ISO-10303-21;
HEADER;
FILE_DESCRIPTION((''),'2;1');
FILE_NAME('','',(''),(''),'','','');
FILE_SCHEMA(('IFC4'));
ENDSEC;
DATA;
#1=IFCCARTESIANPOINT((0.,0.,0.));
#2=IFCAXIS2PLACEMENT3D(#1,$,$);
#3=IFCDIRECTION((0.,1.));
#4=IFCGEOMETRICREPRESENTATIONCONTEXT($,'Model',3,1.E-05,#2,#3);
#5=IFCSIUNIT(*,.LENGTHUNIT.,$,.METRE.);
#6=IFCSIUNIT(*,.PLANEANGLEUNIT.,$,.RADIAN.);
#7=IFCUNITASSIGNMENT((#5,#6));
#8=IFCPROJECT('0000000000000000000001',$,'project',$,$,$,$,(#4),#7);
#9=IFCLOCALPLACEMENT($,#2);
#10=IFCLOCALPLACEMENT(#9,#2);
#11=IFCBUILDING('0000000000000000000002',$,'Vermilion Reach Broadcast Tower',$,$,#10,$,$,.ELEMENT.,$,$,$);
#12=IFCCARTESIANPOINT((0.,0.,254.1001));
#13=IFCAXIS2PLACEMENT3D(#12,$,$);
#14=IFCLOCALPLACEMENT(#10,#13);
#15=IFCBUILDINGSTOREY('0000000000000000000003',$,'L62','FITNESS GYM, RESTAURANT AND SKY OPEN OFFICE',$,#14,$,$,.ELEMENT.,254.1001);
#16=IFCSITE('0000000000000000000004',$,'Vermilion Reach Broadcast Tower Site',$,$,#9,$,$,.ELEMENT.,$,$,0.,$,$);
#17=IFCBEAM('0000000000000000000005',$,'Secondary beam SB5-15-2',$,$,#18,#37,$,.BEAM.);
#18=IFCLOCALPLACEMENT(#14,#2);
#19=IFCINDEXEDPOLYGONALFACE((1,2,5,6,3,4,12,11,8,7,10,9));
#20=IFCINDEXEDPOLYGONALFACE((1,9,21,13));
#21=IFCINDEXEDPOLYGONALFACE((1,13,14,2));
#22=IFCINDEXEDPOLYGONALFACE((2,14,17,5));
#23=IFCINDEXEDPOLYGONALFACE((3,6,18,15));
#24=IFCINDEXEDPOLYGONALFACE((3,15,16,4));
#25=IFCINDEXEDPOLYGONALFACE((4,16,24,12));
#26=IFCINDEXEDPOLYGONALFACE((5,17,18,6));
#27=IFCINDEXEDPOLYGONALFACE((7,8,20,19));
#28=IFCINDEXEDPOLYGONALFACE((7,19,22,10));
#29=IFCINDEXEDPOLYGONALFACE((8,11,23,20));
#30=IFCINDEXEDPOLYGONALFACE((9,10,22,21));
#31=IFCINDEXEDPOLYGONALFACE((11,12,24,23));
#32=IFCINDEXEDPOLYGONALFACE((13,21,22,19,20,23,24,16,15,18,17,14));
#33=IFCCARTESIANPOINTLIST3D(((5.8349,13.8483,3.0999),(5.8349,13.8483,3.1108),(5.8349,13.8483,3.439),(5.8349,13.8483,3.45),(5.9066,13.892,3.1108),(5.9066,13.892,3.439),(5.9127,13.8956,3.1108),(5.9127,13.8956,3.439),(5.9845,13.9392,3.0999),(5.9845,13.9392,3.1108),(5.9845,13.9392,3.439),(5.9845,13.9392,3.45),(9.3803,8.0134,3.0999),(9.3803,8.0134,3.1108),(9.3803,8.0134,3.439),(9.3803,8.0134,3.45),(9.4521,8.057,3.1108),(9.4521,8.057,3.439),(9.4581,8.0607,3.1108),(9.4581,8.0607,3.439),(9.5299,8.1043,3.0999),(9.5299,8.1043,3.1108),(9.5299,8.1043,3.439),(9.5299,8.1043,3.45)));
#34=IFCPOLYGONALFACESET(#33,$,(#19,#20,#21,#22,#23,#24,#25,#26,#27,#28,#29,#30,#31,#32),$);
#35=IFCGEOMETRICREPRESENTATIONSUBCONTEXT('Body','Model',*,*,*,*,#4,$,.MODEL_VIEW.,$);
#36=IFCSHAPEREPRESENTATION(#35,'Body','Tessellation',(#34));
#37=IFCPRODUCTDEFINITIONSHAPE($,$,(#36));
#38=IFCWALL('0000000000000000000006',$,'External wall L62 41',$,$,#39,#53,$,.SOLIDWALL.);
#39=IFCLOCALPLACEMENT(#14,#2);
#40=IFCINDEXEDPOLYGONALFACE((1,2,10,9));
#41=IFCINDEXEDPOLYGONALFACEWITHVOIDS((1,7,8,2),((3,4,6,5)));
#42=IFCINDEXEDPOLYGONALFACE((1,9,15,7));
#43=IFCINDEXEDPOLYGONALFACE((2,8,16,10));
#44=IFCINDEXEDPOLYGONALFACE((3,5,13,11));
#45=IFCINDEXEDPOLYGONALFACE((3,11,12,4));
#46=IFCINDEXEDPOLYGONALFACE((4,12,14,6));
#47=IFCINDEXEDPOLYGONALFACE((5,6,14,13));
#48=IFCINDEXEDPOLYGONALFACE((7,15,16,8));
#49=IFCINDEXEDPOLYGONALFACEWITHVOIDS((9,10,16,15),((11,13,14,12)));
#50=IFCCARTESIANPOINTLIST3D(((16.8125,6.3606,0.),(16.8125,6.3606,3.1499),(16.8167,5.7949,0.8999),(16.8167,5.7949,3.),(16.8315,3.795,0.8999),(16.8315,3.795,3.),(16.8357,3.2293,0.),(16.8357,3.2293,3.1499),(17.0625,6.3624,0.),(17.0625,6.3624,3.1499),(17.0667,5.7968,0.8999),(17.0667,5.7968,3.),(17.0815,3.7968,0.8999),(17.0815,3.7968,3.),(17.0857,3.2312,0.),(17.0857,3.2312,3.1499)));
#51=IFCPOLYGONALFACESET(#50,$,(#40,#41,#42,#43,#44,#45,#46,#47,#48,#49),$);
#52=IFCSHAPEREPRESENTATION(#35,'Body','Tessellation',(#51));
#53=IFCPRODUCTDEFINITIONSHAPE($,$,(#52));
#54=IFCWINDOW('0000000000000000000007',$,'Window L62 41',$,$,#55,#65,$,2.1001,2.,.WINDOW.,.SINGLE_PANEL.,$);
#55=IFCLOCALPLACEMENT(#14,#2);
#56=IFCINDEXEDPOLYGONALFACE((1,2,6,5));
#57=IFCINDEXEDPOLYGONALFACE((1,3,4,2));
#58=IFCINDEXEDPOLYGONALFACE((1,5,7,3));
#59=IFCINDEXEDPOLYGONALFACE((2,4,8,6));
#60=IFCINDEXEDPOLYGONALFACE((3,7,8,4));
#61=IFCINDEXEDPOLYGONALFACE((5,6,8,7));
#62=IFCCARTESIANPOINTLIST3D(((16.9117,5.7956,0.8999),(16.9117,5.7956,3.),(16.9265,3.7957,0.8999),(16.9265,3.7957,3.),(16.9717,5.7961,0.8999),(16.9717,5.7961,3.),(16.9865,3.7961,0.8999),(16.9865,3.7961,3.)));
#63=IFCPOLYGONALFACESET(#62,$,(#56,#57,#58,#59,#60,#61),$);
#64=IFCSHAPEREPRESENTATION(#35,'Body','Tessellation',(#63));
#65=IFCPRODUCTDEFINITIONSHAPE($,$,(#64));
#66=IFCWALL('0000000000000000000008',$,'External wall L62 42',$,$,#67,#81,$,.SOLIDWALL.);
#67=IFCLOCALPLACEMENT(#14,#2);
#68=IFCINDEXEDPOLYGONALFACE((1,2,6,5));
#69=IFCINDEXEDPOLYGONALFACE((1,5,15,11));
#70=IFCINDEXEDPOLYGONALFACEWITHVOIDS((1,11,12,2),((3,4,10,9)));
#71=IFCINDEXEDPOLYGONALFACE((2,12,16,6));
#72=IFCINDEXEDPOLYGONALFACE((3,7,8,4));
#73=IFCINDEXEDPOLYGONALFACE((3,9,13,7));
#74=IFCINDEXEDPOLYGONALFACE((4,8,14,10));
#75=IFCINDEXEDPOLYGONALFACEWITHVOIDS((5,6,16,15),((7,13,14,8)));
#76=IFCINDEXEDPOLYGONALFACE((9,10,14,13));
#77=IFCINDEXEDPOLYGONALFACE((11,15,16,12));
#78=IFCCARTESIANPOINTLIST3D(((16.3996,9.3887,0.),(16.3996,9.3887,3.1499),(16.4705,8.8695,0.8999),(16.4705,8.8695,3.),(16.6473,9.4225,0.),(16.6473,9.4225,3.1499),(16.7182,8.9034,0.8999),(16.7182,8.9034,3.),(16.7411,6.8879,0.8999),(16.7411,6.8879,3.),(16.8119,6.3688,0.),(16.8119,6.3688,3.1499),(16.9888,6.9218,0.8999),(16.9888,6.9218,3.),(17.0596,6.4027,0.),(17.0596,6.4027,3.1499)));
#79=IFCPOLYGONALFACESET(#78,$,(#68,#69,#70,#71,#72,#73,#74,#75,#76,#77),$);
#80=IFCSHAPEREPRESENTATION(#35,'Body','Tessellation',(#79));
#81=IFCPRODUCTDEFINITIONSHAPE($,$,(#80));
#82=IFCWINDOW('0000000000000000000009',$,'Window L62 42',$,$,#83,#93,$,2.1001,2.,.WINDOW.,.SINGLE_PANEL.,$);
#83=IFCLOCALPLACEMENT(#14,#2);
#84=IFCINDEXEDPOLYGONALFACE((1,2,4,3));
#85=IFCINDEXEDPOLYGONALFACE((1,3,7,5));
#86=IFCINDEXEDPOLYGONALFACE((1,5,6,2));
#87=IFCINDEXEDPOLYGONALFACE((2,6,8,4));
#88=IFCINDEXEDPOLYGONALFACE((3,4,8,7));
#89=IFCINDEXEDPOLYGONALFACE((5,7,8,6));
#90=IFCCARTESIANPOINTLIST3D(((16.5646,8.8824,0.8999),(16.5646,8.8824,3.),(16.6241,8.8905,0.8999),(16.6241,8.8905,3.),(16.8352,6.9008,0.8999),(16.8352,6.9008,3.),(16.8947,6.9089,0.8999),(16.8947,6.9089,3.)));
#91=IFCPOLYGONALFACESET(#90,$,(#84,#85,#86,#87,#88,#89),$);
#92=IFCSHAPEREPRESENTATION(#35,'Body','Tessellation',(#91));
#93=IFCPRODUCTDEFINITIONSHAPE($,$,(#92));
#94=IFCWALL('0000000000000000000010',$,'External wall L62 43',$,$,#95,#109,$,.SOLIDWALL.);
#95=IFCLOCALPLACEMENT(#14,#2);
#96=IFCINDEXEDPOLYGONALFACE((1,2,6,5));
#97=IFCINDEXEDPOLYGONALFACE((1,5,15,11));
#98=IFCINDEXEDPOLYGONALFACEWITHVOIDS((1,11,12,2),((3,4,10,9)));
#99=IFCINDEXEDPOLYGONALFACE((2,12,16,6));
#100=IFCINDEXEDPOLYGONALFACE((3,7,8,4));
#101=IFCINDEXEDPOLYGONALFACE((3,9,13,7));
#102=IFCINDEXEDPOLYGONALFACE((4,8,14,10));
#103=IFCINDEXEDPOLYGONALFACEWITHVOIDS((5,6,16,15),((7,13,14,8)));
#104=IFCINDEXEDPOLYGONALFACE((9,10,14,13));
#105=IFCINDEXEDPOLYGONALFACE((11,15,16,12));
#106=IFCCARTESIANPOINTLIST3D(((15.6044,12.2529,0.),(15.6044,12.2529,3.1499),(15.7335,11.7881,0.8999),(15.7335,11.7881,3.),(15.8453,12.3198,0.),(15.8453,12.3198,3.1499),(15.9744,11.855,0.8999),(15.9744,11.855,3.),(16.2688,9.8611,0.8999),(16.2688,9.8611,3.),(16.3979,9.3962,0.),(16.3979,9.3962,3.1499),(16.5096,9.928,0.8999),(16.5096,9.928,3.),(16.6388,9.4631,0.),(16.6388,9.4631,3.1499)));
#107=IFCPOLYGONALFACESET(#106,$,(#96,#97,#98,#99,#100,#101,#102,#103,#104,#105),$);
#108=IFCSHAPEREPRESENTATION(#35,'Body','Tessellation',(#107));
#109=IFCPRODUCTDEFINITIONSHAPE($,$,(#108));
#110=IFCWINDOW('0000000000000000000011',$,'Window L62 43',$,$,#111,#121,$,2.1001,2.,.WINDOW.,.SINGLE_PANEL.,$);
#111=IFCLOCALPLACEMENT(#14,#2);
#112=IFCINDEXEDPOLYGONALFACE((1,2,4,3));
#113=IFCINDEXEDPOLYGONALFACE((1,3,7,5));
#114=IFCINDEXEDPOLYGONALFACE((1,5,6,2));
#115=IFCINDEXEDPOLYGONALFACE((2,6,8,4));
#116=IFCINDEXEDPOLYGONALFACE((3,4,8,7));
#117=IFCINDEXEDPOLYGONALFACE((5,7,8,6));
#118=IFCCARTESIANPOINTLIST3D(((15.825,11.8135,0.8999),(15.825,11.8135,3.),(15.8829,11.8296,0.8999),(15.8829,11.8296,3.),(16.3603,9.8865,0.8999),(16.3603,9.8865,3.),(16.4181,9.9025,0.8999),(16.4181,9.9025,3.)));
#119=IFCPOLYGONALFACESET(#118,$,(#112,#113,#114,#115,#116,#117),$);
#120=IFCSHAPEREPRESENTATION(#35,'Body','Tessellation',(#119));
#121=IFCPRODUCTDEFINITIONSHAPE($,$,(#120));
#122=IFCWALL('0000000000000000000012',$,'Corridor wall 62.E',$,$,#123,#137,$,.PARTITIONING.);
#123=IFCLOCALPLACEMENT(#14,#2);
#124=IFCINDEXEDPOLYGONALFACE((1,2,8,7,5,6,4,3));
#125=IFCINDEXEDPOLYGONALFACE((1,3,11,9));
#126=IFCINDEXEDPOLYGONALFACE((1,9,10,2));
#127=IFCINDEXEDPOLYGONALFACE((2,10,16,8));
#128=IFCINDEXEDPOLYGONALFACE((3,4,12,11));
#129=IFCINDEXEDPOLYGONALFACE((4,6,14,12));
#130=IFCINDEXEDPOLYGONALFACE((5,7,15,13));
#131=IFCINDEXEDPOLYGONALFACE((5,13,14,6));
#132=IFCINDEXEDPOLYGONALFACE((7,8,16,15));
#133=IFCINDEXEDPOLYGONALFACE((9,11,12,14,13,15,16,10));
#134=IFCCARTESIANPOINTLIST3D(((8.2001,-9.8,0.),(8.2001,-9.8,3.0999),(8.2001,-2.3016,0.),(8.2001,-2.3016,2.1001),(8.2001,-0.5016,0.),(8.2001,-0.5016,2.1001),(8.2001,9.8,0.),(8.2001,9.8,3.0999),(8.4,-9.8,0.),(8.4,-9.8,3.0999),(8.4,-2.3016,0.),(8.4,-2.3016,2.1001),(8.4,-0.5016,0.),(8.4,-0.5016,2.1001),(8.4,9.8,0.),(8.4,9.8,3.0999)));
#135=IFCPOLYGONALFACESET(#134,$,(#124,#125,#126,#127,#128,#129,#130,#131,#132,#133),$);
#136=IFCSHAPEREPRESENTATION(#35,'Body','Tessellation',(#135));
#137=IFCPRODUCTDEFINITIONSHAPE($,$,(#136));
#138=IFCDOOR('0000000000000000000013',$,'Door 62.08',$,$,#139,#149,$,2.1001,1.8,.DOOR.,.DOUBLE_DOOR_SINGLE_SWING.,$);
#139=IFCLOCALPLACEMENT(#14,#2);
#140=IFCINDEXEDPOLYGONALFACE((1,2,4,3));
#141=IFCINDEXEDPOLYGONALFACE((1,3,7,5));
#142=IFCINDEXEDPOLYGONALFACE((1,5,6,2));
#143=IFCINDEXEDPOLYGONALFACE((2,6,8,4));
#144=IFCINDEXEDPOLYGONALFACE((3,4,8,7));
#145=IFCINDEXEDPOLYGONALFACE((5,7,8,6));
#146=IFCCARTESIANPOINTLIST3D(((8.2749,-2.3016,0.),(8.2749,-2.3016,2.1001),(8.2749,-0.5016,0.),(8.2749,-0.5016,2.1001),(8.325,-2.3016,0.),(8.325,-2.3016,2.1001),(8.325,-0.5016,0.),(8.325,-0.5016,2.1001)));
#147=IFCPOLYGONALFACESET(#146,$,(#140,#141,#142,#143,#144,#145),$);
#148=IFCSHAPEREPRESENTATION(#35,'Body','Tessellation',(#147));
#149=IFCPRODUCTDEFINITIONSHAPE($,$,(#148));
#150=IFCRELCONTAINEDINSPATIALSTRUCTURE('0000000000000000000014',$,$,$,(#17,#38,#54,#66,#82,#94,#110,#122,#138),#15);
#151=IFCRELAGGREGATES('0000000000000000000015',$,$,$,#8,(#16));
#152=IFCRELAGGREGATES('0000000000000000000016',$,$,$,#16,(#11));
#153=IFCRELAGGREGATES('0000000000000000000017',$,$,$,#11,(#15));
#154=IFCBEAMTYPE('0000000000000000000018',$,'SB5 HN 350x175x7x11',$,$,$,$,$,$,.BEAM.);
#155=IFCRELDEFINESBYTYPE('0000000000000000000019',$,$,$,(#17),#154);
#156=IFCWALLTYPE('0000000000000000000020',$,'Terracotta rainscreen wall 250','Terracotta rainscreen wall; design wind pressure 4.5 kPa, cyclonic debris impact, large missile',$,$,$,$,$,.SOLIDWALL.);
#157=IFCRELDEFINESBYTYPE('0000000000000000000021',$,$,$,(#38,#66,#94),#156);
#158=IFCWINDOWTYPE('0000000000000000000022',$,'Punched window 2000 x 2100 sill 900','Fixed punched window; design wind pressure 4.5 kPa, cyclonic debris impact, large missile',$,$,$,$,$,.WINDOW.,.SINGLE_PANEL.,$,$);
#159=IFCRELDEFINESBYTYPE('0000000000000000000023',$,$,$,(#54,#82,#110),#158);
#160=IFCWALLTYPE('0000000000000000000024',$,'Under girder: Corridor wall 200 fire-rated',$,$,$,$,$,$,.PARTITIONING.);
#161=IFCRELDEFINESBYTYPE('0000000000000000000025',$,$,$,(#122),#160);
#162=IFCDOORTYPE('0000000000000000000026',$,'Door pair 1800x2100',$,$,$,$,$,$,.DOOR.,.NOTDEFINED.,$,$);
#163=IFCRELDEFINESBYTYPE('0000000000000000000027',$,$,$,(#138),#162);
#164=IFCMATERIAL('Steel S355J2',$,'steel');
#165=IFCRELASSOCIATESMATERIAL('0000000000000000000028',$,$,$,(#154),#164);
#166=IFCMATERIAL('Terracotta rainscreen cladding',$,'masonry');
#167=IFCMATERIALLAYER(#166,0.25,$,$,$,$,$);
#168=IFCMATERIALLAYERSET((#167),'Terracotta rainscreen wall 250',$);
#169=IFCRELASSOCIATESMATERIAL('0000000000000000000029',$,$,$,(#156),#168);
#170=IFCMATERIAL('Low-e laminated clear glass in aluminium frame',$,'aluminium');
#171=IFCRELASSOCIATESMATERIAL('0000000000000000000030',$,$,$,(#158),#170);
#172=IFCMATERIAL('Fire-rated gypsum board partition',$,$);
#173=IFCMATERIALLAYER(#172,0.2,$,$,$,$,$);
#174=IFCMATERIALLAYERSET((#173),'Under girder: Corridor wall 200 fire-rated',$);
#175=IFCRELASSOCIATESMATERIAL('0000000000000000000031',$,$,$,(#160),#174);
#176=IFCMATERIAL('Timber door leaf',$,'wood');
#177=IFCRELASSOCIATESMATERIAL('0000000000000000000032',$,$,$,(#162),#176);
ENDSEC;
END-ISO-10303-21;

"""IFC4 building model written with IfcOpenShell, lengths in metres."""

from ifc_helpers import new_model, si_unit, direction, frame, frame_2d, origin, origin_2d, place, context, subcontext, project, spatial, rectangle, i_section, extrude, material, layer, layer_set, material_profile, profile_set, type_object, element, fill, save


model = new_model("IFC4")

# Units and contexts
model_context = context("Model", 3, precision=1e-05, world=origin(), true_north=direction((0.0, 1.0)))
body_context = subcontext(model_context, "Body", "Model", "MODEL_VIEW")
ifc_project = project(units=[si_unit("LENGTHUNIT", "METRE"), si_unit("PLANEANGLEUNIT", "RADIAN")], contexts=[model_context])

# Site, building, storey
site_placement = place(None, origin())
site = spatial("IfcSite", under=ifc_project, at=site_placement, Name="Vermilion Reach Broadcast Tower Site", CompositionType="ELEMENT", RefElevation=0.0)
building_placement = place(site_placement, origin())
building = spatial("IfcBuilding", under=site, at=building_placement, Name="Vermilion Reach Broadcast Tower", CompositionType="ELEMENT")
storey_placement = place(building_placement, frame((0.0, 0.0, 254.1001)))
storey = spatial("IfcBuildingStorey", under=building, at=storey_placement, Name="L62", Description="FITNESS GYM, RESTAURANT AND SKY OPEN OFFICE", CompositionType="ELEMENT", Elevation=254.1001)

# Beam
ifc_material_1 = material(Name="Steel S355J2", Category="steel")
ifc_material_profile_1 = material_profile(ifc_material_1, i_section(OverallWidth=0.175, OverallDepth=0.3501, WebThickness=0.0071, FlangeThickness=0.011, at=origin_2d()), Name="S355J2 HN 350x175x7x11")
ifc_profile_set_1 = profile_set([ifc_material_profile_1], Name="Steel S355J2")
beam_type_1 = type_object("IfcBeamType", Name="SB5 HN 350x175x7x11", PredefinedType="BEAM", material=ifc_profile_set_1)
beam_1_placement = place(storey_placement, frame((9.4551, 8.0588, 3.2749), z_axis=(-0.519273, 0.854608, 0.0), x_axis=(-0.854608, -0.519273, 0.0)))
element("IfcBeam", 1, at=beam_1_placement, inside=storey, type_object=beam_type_1, Name="Secondary beam SB5-15-2", PredefinedType="BEAM", context=body_context, shape_type="SweptSolid", body=[
    extrude(i_section(OverallWidth=0.175, OverallDepth=0.3501, WebThickness=0.0071, FlangeThickness=0.011, at=origin_2d()), origin(), (0.0, 0.0, 1.0), 6.8276),
])

# Shared definitions
ifc_material_2 = material(Name="Terracotta rainscreen cladding", Category="masonry")
ifc_layer_1 = layer(ifc_material_2, 0.25)
ifc_layer_set_1 = layer_set([ifc_layer_1], Name="Terracotta rainscreen wall 250")
wall_type_1 = type_object("IfcWallType", Name="Terracotta rainscreen wall 250", Description="Terracotta rainscreen wall; design wind pressure 4.5 kPa, cyclonic debris impact, large missile", PredefinedType="SOLIDWALL", material=ifc_layer_set_1)

# Walls, openings, windows
wall_1_placement = place(storey_placement, frame((16.9607, 3.2302, 0.0), z_axis=(0.0, 0.0, 1.0), x_axis=(-0.007407, 0.999973, 0.0)))
wall_1 = element("IfcWall", 2, at=wall_1_placement, inside=storey, type_object=wall_type_1, Name="External wall L62 41", PredefinedType="SOLIDWALL", context=body_context, shape_type="SweptSolid", body=[
    extrude(rectangle(XDim=3.1313, YDim=0.25, at=frame_2d((1.5657, 0.0))), origin(), (0.0, 0.0, 1.0), 3.1499),
])
opening_1_placement = place(wall_1_placement, frame((0.5657, 0.0, 0.8999)))
opening_1 = element("IfcOpeningElement", 3, at=opening_1_placement, cuts=wall_1, PredefinedType="OPENING", context=body_context, shape_type="SweptSolid", body=[
    extrude(rectangle(XDim=2.0, YDim=2.1001, at=frame_2d((1.0, 1.05))), frame((0.0, 0.135, 0.0), z_axis=(0.0, -1.0, 0.0), x_axis=(1.0, 0.0, 0.0)), (0.0, 0.0, 1.0), 0.27),
])
ifc_material_3 = material(Name="Low-e laminated clear glass in aluminium frame", Category="aluminium")
window_type = type_object("IfcWindowType", Name="Punched window 2000 x 2100 sill 900", Description="Fixed punched window; design wind pressure 4.5 kPa, cyclonic debris impact, large missile", PartitioningType="SINGLE_PANEL", PredefinedType="WINDOW", material=ifc_material_3)
window_1_placement = place(opening_1_placement, origin())
window_1 = element("IfcWindow", 4, at=window_1_placement, inside=storey, type_object=window_type, Name="Window L62 41", OverallHeight=2.1001, OverallWidth=2.0, PartitioningType="SINGLE_PANEL", PredefinedType="WINDOW", context=body_context, shape_type="SweptSolid", body=[
    extrude(rectangle(XDim=2.0, YDim=2.1001, at=frame_2d((1.0, 1.05))), frame((0.0, 0.03, 0.0), z_axis=(0.0, -1.0, 0.0), x_axis=(1.0, 0.0, 0.0)), (0.0, 0.0, 1.0), 0.0601),
])
fill(opening_1, window_1)
wall_2_placement = place(storey_placement, frame((16.9358, 6.3857, 0.0), z_axis=(0.0, 0.0, 1.0), x_axis=(-0.135296, 0.990805, 0.0)))
wall_2 = element("IfcWall", 5, at=wall_2_placement, inside=storey, type_object=wall_type_1, Name="External wall L62 42", PredefinedType="SOLIDWALL", context=body_context, shape_type="SweptSolid", body=[
    extrude(rectangle(XDim=3.0479, YDim=0.25, at=frame_2d((1.5239, 0.0))), origin(), (0.0, 0.0, 1.0), 3.1499),
])
opening_2_placement = place(wall_2_placement, frame((0.5239, 0.0, 0.8999)))
opening_2 = element("IfcOpeningElement", 6, at=opening_2_placement, cuts=wall_2, PredefinedType="OPENING", context=body_context, shape_type="SweptSolid", body=[
    extrude(rectangle(XDim=2.0, YDim=2.1001, at=frame_2d((1.0, 1.05))), frame((0.0, 0.135, 0.0), z_axis=(0.0, -1.0, 0.0), x_axis=(1.0, 0.0, 0.0)), (0.0, 0.0, 1.0), 0.27),
])
window_2_placement = place(opening_2_placement, origin())
window_2 = element("IfcWindow", 7, at=window_2_placement, inside=storey, type_object=window_type, Name="Window L62 42", OverallHeight=2.1001, OverallWidth=2.0, PartitioningType="SINGLE_PANEL", PredefinedType="WINDOW", context=body_context, shape_type="SweptSolid", body=[
    extrude(rectangle(XDim=2.0, YDim=2.1001, at=frame_2d((1.0, 1.05))), frame((0.0, 0.03, 0.0), z_axis=(0.0, -1.0, 0.0), x_axis=(1.0, 0.0, 0.0)), (0.0, 0.0, 1.0), 0.0601),
])
fill(opening_2, window_2)
wall_3_placement = place(storey_placement, frame((16.5183, 9.4297, 0.0), z_axis=(0.0, 0.0, 1.0), x_axis=(-0.267623, 0.963524, 0.0)))
wall_3 = element("IfcWall", 8, at=wall_3_placement, inside=storey, type_object=wall_type_1, Name="External wall L62 43", PredefinedType="SOLIDWALL", context=body_context, shape_type="SweptSolid", body=[
    extrude(rectangle(XDim=2.9648, YDim=0.25, at=frame_2d((1.4824, 0.0))), origin(), (0.0, 0.0, 1.0), 3.1499),
])
opening_3_placement = place(wall_3_placement, frame((0.4824, 0.0, 0.8999)))
opening_3 = element("IfcOpeningElement", 9, at=opening_3_placement, cuts=wall_3, PredefinedType="OPENING", context=body_context, shape_type="SweptSolid", body=[
    extrude(rectangle(XDim=2.0, YDim=2.1001, at=frame_2d((1.0, 1.05))), frame((0.0, 0.135, 0.0), z_axis=(0.0, -1.0, 0.0), x_axis=(1.0, 0.0, 0.0)), (0.0, 0.0, 1.0), 0.27),
])
window_3_placement = place(opening_3_placement, origin())
window_3 = element("IfcWindow", 10, at=window_3_placement, inside=storey, type_object=window_type, Name="Window L62 43", OverallHeight=2.1001, OverallWidth=2.0, PartitioningType="SINGLE_PANEL", PredefinedType="WINDOW", context=body_context, shape_type="SweptSolid", body=[
    extrude(rectangle(XDim=2.0, YDim=2.1001, at=frame_2d((1.0, 1.05))), frame((0.0, 0.03, 0.0), z_axis=(0.0, -1.0, 0.0), x_axis=(1.0, 0.0, 0.0)), (0.0, 0.0, 1.0), 0.0601),
])
fill(opening_3, window_3)

# Wall, opening, door
ifc_material_4 = material(Name="Fire-rated gypsum board partition")
ifc_layer_2 = layer(ifc_material_4, 0.2)
ifc_layer_set_2 = layer_set([ifc_layer_2], Name="Under girder: Corridor wall 200 fire-rated")
wall_type_2 = type_object("IfcWallType", Name="Under girder: Corridor wall 200 fire-rated", PredefinedType="PARTITIONING", material=ifc_layer_set_2)
wall_4_placement = place(storey_placement, frame((8.3, 9.8, 0.0), z_axis=(0.0, 0.0, 1.0), x_axis=(0.0, -1.0, 0.0)))
wall_4 = element("IfcWall", 11, at=wall_4_placement, inside=storey, type_object=wall_type_2, Name="Corridor wall 62.E", PredefinedType="PARTITIONING", context=body_context, shape_type="SweptSolid", body=[
    extrude(rectangle(XDim=19.6001, YDim=0.2, at=frame_2d((9.8, 0.0))), origin(), (0.0, 0.0, 1.0), 3.0999),
])
opening_4_placement = place(wall_4_placement, frame((10.3018, 0.0, 0.0)))
opening_4 = element("IfcOpeningElement", 12, at=opening_4_placement, cuts=wall_4, PredefinedType="OPENING", context=body_context, shape_type="SweptSolid", body=[
    extrude(rectangle(XDim=1.8, YDim=2.1001, at=frame_2d((0.8999, 1.05))), frame((0.0, 0.1099, 0.0), z_axis=(0.0, -1.0, 0.0), x_axis=(1.0, 0.0, 0.0)), (0.0, 0.0, 1.0), 0.22),
])
ifc_material_5 = material(Name="Timber door leaf", Category="wood")
door_type_1 = type_object("IfcDoorType", Name="Door pair 1800x2100", OperationType="NOTDEFINED", PredefinedType="DOOR", material=ifc_material_5)
door_1_placement = place(opening_4_placement, origin())
door_1 = element("IfcDoor", 13, at=door_1_placement, inside=storey, type_object=door_type_1, Name="Door 62.08", OperationType="DOUBLE_DOOR_SINGLE_SWING", OverallHeight=2.1001, OverallWidth=1.8, PredefinedType="DOOR", context=body_context, shape_type="SweptSolid", body=[
    extrude(rectangle(XDim=1.8, YDim=2.1001, at=frame_2d((0.8999, 1.05))), frame((0.0, 0.0249, 0.0), z_axis=(0.0, -1.0, 0.0), x_axis=(1.0, 0.0, 0.0)), (0.0, 0.0, 1.0), 0.05),
])
fill(opening_4, door_1)

save(model, "model.ifc")
